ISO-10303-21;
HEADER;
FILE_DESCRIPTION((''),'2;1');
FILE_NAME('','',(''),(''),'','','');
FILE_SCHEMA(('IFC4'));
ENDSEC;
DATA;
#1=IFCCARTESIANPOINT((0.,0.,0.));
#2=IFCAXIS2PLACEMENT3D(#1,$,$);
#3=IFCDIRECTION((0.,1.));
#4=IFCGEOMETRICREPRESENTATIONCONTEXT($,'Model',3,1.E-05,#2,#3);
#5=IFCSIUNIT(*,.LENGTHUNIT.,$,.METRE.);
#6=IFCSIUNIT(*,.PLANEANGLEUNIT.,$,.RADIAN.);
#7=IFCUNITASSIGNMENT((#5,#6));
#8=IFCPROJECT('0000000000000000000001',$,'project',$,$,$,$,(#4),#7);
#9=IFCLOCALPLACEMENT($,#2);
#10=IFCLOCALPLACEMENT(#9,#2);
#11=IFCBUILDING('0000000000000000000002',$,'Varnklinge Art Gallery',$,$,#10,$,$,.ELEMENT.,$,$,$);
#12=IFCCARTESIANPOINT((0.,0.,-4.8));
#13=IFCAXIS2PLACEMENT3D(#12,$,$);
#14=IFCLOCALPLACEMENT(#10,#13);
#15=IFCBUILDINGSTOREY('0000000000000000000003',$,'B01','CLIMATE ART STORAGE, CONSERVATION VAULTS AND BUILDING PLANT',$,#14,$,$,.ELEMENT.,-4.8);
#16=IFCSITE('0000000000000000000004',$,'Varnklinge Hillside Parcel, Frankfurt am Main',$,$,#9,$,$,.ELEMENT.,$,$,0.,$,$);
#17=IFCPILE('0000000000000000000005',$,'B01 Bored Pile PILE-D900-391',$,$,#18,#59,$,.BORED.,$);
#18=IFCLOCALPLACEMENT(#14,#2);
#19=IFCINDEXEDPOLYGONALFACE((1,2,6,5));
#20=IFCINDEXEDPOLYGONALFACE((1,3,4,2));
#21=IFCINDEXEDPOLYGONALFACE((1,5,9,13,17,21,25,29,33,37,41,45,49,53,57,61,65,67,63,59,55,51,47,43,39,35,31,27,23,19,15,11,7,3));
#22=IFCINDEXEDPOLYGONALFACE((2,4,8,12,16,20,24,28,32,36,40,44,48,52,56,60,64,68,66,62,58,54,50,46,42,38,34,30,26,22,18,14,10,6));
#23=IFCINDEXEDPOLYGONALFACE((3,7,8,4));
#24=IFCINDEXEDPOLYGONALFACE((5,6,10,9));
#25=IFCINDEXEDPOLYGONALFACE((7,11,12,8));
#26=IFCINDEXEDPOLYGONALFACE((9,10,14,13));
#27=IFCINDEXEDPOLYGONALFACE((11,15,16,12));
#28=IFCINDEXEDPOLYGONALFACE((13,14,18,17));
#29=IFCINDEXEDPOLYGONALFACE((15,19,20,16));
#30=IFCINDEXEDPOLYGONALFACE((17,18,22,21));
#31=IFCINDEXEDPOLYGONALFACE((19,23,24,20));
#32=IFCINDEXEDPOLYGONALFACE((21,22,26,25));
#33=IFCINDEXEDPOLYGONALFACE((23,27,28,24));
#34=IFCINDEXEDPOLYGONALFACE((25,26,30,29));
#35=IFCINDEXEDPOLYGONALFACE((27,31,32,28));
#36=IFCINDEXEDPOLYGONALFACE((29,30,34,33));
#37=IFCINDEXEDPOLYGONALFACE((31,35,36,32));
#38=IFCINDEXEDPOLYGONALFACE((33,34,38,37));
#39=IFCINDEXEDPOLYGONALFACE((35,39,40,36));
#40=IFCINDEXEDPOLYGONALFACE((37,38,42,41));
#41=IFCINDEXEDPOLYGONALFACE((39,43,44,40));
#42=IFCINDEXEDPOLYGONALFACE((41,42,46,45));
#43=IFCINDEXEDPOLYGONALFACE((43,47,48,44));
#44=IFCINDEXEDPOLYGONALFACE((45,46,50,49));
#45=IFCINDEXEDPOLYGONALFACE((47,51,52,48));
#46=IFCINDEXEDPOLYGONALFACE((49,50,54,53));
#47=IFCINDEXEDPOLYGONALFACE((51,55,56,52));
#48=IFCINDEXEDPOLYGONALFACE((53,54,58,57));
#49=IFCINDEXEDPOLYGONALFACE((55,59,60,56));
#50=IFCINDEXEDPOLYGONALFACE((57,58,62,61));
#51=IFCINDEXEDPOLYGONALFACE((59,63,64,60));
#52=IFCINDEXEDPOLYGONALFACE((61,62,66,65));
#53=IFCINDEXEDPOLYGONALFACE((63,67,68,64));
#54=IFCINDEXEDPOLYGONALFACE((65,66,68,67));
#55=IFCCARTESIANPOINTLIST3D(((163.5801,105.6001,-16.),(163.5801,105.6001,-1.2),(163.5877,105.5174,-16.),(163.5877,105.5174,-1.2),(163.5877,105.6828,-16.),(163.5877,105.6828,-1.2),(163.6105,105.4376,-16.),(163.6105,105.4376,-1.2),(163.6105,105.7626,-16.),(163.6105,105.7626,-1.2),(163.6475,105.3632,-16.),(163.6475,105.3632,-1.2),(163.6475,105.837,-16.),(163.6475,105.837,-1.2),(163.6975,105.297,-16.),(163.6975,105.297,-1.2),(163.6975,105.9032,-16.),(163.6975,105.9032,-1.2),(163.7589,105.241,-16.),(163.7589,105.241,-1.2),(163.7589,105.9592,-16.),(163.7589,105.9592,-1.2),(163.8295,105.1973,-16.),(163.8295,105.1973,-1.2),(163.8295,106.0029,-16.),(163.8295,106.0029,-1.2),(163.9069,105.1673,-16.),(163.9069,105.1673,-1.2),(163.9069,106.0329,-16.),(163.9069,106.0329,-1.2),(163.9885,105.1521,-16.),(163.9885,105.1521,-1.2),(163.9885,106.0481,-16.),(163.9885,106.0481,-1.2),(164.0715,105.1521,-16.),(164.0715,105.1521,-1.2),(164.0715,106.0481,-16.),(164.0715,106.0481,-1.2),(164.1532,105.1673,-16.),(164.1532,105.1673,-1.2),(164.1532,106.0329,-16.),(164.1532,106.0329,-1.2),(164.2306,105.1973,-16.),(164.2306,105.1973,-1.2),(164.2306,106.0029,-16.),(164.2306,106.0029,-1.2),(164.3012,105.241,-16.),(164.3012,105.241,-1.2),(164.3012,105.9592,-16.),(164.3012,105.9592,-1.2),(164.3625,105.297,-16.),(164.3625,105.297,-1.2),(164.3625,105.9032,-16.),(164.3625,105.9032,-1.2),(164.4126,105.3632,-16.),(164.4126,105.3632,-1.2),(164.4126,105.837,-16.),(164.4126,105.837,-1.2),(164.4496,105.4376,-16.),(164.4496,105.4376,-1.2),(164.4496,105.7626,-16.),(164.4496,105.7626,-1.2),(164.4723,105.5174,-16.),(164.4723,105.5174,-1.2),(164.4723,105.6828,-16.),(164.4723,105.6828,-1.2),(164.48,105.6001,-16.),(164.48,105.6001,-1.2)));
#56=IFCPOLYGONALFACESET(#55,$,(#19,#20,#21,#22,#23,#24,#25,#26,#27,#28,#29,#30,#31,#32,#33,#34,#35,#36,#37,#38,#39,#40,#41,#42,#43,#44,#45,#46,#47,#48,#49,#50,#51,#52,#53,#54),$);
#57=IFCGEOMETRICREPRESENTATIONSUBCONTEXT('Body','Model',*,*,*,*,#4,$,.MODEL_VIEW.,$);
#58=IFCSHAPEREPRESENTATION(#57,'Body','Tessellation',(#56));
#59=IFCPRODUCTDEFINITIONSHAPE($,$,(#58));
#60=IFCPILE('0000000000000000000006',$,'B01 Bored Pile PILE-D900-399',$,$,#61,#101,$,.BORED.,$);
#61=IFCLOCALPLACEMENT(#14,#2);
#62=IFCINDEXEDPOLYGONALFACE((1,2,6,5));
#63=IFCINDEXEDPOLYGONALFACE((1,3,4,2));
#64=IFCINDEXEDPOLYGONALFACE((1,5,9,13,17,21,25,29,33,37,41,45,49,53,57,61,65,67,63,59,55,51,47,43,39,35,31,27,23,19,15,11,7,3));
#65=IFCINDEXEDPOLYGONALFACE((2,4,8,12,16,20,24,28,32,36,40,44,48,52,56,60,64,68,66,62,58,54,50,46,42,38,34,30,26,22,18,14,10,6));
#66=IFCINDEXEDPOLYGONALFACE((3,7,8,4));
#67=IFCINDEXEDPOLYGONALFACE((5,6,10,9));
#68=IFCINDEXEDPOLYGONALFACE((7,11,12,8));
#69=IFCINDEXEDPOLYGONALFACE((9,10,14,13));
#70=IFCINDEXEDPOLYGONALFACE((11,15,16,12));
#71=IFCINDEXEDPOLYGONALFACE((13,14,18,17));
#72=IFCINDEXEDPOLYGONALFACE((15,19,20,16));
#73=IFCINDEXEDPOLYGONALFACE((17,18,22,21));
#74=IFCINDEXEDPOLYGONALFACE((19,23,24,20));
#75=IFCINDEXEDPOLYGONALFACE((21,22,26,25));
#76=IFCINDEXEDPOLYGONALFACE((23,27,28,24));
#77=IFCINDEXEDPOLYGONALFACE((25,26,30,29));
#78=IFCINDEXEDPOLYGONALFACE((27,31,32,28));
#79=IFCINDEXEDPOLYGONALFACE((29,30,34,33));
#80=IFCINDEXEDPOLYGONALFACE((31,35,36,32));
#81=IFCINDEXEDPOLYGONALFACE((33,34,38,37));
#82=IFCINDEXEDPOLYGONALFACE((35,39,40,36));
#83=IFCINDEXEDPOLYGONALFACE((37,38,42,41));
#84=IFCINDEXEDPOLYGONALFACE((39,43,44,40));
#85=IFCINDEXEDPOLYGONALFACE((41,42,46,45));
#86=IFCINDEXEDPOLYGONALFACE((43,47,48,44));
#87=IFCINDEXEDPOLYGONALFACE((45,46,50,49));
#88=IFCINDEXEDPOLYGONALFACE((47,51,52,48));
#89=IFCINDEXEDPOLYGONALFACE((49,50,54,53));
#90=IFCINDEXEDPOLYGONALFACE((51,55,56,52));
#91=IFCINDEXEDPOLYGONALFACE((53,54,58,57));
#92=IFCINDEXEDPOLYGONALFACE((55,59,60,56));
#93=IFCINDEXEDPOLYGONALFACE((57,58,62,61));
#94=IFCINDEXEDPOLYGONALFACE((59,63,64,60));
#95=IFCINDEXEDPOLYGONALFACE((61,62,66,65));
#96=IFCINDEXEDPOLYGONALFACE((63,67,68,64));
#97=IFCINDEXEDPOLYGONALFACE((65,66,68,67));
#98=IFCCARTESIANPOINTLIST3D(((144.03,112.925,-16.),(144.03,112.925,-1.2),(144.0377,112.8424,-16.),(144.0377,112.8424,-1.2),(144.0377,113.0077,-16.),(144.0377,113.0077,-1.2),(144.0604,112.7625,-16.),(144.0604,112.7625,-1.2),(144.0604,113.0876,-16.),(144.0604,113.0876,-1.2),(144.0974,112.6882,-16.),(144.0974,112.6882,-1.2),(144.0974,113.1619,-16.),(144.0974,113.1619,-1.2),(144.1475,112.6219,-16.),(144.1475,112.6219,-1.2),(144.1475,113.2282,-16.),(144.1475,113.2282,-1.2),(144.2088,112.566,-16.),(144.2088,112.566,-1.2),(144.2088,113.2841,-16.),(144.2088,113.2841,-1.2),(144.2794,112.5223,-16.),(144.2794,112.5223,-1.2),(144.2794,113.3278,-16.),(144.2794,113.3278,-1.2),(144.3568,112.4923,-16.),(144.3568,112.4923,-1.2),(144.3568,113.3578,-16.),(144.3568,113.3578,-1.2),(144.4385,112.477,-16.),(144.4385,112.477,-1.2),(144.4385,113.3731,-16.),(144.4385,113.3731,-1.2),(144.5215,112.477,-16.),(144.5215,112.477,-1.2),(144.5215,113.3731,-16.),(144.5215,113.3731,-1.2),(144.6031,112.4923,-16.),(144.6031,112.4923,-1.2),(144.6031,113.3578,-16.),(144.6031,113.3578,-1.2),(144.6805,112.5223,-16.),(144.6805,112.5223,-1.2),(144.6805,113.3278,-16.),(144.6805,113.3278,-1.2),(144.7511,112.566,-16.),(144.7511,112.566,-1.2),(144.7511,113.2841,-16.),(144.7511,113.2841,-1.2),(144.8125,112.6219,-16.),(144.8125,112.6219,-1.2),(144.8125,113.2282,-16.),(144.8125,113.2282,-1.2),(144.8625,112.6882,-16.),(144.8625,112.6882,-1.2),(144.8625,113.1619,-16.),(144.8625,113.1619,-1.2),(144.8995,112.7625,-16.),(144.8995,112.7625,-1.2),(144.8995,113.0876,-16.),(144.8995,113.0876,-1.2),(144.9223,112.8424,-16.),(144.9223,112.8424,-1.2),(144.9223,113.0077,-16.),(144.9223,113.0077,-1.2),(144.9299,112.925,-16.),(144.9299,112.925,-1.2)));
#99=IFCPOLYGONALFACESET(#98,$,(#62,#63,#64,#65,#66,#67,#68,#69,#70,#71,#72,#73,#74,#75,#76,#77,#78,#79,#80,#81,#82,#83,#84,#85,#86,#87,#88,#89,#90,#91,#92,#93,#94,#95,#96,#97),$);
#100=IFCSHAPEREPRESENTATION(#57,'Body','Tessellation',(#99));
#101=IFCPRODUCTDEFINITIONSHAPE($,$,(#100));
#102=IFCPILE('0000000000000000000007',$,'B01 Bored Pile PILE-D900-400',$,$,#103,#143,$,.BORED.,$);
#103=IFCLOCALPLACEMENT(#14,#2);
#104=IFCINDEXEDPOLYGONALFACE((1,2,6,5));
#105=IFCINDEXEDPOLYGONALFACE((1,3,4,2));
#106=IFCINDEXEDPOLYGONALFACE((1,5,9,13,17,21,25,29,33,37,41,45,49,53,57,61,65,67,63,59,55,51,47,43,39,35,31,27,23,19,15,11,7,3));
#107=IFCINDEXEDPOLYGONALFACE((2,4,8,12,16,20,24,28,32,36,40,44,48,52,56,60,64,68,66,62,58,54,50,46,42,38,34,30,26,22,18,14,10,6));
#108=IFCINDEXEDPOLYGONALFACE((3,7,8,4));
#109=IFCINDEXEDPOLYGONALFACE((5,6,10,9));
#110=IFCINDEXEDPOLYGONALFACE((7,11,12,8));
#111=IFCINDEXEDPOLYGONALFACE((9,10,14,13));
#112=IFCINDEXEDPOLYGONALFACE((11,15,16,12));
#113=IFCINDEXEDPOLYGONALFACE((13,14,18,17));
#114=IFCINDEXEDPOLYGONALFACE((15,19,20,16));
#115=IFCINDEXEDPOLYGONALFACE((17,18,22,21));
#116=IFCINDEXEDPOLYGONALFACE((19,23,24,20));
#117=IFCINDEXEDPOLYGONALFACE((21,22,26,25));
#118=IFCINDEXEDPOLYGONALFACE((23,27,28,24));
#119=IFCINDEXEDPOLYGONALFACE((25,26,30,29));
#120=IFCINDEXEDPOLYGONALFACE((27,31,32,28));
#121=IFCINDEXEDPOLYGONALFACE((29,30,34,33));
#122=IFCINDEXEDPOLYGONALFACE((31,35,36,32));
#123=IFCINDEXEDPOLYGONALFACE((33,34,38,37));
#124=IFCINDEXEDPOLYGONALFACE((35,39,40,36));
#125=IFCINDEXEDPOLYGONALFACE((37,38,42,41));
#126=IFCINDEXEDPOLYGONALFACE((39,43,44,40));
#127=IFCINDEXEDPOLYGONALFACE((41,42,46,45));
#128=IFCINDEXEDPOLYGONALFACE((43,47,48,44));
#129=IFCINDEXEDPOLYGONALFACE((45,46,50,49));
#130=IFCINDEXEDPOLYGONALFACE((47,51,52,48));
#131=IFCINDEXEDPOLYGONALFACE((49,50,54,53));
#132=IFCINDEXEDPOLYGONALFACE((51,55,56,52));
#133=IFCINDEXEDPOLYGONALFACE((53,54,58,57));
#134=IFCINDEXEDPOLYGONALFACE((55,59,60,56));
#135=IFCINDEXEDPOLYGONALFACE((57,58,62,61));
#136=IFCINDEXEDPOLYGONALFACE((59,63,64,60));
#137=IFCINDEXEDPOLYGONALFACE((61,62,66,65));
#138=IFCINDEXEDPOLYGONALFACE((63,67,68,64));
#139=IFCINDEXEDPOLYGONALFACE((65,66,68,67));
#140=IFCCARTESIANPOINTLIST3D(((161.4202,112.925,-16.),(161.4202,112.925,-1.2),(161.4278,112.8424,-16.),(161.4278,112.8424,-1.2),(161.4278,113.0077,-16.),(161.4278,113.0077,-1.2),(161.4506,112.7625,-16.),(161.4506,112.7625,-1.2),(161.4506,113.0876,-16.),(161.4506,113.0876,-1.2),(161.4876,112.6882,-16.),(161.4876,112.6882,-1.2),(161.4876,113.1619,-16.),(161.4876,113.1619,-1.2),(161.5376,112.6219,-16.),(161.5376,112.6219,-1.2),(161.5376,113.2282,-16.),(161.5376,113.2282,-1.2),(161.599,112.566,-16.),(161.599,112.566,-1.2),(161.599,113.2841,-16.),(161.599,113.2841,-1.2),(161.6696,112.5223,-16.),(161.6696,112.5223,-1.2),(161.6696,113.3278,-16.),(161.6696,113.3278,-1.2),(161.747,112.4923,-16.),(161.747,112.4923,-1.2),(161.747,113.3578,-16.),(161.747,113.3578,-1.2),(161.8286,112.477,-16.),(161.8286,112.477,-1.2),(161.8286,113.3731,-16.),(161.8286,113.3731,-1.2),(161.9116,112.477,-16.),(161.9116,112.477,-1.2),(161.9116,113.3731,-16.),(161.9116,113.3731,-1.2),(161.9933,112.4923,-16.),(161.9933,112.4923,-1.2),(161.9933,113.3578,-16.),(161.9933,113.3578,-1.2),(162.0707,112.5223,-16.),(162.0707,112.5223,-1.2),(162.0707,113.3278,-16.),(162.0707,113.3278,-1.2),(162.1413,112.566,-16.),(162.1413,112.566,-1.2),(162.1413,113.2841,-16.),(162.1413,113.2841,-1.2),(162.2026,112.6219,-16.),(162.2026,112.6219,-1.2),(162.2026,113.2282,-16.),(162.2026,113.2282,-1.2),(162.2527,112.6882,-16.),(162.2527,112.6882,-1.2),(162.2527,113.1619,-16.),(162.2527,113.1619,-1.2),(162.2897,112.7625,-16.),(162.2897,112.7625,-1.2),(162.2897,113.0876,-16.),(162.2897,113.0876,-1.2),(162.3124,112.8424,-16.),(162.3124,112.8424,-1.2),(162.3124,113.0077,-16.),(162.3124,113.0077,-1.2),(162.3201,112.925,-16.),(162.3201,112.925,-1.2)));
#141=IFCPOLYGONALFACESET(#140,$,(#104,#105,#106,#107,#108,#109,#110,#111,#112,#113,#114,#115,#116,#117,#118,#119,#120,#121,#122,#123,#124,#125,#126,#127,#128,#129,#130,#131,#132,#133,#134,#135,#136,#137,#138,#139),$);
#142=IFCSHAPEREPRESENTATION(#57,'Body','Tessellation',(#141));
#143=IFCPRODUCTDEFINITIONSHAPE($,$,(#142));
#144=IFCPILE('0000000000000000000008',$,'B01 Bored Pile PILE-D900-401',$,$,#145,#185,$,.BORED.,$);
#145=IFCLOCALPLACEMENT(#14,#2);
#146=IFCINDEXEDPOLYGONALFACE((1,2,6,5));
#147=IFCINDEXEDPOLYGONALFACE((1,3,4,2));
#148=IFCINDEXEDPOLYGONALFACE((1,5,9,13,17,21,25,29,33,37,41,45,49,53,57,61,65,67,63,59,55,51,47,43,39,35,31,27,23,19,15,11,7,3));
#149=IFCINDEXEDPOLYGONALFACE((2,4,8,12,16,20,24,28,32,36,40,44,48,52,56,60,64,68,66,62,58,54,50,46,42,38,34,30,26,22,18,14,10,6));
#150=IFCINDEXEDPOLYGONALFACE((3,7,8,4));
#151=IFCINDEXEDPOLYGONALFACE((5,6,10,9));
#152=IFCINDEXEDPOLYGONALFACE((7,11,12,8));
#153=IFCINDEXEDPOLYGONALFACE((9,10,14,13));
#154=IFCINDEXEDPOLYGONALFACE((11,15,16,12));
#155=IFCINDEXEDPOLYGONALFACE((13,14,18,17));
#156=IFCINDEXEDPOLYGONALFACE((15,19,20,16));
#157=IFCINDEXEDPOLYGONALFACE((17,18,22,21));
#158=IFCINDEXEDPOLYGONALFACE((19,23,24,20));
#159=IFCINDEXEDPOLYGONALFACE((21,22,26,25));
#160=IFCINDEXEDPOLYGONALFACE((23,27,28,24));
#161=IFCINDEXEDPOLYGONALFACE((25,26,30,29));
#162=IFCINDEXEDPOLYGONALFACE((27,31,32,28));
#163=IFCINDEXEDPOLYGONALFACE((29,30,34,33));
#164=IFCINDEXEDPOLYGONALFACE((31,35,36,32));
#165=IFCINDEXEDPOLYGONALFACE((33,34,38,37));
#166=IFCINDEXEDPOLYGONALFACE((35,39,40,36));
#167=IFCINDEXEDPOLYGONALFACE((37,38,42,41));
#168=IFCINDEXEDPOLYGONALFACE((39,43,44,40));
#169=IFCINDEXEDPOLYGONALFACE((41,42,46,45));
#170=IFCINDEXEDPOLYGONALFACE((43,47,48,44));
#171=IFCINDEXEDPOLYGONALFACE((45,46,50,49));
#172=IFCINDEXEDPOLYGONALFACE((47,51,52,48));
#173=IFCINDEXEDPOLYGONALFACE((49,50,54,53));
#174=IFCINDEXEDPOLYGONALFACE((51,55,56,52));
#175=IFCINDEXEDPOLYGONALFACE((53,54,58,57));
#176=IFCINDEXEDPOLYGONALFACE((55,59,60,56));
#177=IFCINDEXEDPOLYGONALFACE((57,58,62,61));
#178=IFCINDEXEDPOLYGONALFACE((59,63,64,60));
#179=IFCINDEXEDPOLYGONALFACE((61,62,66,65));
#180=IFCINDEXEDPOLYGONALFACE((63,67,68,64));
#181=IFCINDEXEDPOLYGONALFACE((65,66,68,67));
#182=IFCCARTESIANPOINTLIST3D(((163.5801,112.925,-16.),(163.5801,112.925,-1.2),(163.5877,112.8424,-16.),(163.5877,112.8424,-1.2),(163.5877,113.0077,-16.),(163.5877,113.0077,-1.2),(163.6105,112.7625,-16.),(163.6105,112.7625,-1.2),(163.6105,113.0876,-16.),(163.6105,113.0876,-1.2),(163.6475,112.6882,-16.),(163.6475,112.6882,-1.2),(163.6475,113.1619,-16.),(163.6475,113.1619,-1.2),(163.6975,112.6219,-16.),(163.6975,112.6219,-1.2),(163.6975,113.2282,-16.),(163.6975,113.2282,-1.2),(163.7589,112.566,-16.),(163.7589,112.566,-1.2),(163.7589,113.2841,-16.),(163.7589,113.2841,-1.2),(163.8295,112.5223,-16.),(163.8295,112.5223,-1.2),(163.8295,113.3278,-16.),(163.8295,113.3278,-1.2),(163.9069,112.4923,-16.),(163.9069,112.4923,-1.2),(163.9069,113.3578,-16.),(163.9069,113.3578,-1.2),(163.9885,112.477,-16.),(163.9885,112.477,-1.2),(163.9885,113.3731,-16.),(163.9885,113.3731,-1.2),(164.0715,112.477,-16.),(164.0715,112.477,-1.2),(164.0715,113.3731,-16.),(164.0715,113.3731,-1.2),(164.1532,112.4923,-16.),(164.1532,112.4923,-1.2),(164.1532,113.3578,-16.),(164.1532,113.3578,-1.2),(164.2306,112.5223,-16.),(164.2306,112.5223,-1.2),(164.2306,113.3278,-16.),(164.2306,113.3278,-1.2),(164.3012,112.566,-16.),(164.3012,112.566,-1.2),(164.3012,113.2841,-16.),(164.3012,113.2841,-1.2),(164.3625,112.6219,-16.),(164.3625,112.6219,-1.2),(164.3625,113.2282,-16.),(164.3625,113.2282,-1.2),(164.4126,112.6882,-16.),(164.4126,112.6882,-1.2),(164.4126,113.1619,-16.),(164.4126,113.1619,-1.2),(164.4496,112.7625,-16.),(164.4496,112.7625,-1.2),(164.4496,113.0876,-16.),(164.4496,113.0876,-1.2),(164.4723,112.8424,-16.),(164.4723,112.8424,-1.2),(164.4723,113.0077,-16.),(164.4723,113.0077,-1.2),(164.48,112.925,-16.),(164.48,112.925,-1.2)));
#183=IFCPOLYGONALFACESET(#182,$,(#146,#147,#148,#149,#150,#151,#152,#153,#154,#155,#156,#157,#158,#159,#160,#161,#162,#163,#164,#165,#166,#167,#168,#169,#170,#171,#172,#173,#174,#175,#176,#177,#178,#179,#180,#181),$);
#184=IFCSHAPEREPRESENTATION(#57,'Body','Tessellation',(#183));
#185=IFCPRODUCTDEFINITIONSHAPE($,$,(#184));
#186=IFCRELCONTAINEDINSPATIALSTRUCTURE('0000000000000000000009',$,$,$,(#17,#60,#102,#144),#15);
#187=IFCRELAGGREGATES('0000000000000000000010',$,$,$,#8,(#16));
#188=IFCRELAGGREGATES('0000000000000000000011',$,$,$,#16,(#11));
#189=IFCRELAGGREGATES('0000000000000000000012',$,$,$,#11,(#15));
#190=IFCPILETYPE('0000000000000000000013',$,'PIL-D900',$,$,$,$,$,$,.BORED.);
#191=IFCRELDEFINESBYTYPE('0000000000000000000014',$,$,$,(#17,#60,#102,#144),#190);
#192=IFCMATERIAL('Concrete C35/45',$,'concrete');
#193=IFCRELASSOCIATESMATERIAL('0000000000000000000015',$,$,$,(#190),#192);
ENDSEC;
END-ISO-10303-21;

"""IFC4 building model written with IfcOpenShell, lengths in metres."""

from ifc_helpers import new_model, si_unit, direction, frame, origin, origin_2d, place, context, subcontext, project, spatial, circle, extrude, material, material_profile, profile_set, type_object, element, save


model = new_model("IFC4")

# Units and contexts
model_context = context("Model", 3, precision=1e-05, world=origin(), true_north=direction((0.0, 1.0)))
body_context = subcontext(model_context, "Body", "Model", "MODEL_VIEW")
ifc_project = project(units=[si_unit("LENGTHUNIT", "METRE"), si_unit("PLANEANGLEUNIT", "RADIAN")], contexts=[model_context])

# Site, building, storey
site_placement = place(None, origin())
site = spatial("IfcSite", under=ifc_project, at=site_placement, Name="Varnklinge Hillside Parcel, Frankfurt am Main", CompositionType="ELEMENT", RefElevation=0.0)
building_placement = place(site_placement, origin())
building = spatial("IfcBuilding", under=site, at=building_placement, Name="Varnklinge Art Gallery", CompositionType="ELEMENT")
storey_placement = place(building_placement, frame((0.0, 0.0, -4.8)))
storey = spatial("IfcBuildingStorey", under=building, at=storey_placement, Name="B01", Description="CLIMATE ART STORAGE, CONSERVATION VAULTS AND BUILDING PLANT", CompositionType="ELEMENT", Elevation=-4.8)

# Piles
ifc_material_1 = material(Name="Concrete C35/45", Category="concrete")
ifc_material_profile_1 = material_profile(ifc_material_1, circle(Radius=0.45, at=origin_2d()), Name="PILE D900")
ifc_profile_set_1 = profile_set([ifc_material_profile_1], Name="Concrete C35/45")
pile_type_1 = type_object("IfcPileType", Name="PIL-D900", PredefinedType="BORED", material=ifc_profile_set_1)
for number, where, z_axis, x_axis, name in (
    (1, (164.03, 105.6001, -1.2), (0.0, 0.0, -1.0), (1.0, 0.0, 0.0), "B01 Bored Pile PILE-D900-391"),
    (2, (144.48, 112.925, -1.2), (0.0, 0.0, -1.0), (1.0, 0.0, 0.0), "B01 Bored Pile PILE-D900-399"),
    (3, (161.8701, 112.925, -1.2), (0.0, 0.0, -1.0), (1.0, 0.0, 0.0), "B01 Bored Pile PILE-D900-400"),
    (4, (164.03, 112.925, -1.2), (0.0, 0.0, -1.0), (1.0, 0.0, 0.0), "B01 Bored Pile PILE-D900-401"),
):
    element("IfcPile", number, at=place(storey_placement, frame(where, z_axis=z_axis, x_axis=x_axis)), inside=storey, type_object=pile_type_1, Name=name, PredefinedType="BORED", context=body_context, shape_type="SweptSolid", body=[
        extrude(circle(Radius=0.45, at=origin_2d()), origin(), (0.0, 0.0, 1.0), 14.8),
    ])

save(model, "model.ifc")
